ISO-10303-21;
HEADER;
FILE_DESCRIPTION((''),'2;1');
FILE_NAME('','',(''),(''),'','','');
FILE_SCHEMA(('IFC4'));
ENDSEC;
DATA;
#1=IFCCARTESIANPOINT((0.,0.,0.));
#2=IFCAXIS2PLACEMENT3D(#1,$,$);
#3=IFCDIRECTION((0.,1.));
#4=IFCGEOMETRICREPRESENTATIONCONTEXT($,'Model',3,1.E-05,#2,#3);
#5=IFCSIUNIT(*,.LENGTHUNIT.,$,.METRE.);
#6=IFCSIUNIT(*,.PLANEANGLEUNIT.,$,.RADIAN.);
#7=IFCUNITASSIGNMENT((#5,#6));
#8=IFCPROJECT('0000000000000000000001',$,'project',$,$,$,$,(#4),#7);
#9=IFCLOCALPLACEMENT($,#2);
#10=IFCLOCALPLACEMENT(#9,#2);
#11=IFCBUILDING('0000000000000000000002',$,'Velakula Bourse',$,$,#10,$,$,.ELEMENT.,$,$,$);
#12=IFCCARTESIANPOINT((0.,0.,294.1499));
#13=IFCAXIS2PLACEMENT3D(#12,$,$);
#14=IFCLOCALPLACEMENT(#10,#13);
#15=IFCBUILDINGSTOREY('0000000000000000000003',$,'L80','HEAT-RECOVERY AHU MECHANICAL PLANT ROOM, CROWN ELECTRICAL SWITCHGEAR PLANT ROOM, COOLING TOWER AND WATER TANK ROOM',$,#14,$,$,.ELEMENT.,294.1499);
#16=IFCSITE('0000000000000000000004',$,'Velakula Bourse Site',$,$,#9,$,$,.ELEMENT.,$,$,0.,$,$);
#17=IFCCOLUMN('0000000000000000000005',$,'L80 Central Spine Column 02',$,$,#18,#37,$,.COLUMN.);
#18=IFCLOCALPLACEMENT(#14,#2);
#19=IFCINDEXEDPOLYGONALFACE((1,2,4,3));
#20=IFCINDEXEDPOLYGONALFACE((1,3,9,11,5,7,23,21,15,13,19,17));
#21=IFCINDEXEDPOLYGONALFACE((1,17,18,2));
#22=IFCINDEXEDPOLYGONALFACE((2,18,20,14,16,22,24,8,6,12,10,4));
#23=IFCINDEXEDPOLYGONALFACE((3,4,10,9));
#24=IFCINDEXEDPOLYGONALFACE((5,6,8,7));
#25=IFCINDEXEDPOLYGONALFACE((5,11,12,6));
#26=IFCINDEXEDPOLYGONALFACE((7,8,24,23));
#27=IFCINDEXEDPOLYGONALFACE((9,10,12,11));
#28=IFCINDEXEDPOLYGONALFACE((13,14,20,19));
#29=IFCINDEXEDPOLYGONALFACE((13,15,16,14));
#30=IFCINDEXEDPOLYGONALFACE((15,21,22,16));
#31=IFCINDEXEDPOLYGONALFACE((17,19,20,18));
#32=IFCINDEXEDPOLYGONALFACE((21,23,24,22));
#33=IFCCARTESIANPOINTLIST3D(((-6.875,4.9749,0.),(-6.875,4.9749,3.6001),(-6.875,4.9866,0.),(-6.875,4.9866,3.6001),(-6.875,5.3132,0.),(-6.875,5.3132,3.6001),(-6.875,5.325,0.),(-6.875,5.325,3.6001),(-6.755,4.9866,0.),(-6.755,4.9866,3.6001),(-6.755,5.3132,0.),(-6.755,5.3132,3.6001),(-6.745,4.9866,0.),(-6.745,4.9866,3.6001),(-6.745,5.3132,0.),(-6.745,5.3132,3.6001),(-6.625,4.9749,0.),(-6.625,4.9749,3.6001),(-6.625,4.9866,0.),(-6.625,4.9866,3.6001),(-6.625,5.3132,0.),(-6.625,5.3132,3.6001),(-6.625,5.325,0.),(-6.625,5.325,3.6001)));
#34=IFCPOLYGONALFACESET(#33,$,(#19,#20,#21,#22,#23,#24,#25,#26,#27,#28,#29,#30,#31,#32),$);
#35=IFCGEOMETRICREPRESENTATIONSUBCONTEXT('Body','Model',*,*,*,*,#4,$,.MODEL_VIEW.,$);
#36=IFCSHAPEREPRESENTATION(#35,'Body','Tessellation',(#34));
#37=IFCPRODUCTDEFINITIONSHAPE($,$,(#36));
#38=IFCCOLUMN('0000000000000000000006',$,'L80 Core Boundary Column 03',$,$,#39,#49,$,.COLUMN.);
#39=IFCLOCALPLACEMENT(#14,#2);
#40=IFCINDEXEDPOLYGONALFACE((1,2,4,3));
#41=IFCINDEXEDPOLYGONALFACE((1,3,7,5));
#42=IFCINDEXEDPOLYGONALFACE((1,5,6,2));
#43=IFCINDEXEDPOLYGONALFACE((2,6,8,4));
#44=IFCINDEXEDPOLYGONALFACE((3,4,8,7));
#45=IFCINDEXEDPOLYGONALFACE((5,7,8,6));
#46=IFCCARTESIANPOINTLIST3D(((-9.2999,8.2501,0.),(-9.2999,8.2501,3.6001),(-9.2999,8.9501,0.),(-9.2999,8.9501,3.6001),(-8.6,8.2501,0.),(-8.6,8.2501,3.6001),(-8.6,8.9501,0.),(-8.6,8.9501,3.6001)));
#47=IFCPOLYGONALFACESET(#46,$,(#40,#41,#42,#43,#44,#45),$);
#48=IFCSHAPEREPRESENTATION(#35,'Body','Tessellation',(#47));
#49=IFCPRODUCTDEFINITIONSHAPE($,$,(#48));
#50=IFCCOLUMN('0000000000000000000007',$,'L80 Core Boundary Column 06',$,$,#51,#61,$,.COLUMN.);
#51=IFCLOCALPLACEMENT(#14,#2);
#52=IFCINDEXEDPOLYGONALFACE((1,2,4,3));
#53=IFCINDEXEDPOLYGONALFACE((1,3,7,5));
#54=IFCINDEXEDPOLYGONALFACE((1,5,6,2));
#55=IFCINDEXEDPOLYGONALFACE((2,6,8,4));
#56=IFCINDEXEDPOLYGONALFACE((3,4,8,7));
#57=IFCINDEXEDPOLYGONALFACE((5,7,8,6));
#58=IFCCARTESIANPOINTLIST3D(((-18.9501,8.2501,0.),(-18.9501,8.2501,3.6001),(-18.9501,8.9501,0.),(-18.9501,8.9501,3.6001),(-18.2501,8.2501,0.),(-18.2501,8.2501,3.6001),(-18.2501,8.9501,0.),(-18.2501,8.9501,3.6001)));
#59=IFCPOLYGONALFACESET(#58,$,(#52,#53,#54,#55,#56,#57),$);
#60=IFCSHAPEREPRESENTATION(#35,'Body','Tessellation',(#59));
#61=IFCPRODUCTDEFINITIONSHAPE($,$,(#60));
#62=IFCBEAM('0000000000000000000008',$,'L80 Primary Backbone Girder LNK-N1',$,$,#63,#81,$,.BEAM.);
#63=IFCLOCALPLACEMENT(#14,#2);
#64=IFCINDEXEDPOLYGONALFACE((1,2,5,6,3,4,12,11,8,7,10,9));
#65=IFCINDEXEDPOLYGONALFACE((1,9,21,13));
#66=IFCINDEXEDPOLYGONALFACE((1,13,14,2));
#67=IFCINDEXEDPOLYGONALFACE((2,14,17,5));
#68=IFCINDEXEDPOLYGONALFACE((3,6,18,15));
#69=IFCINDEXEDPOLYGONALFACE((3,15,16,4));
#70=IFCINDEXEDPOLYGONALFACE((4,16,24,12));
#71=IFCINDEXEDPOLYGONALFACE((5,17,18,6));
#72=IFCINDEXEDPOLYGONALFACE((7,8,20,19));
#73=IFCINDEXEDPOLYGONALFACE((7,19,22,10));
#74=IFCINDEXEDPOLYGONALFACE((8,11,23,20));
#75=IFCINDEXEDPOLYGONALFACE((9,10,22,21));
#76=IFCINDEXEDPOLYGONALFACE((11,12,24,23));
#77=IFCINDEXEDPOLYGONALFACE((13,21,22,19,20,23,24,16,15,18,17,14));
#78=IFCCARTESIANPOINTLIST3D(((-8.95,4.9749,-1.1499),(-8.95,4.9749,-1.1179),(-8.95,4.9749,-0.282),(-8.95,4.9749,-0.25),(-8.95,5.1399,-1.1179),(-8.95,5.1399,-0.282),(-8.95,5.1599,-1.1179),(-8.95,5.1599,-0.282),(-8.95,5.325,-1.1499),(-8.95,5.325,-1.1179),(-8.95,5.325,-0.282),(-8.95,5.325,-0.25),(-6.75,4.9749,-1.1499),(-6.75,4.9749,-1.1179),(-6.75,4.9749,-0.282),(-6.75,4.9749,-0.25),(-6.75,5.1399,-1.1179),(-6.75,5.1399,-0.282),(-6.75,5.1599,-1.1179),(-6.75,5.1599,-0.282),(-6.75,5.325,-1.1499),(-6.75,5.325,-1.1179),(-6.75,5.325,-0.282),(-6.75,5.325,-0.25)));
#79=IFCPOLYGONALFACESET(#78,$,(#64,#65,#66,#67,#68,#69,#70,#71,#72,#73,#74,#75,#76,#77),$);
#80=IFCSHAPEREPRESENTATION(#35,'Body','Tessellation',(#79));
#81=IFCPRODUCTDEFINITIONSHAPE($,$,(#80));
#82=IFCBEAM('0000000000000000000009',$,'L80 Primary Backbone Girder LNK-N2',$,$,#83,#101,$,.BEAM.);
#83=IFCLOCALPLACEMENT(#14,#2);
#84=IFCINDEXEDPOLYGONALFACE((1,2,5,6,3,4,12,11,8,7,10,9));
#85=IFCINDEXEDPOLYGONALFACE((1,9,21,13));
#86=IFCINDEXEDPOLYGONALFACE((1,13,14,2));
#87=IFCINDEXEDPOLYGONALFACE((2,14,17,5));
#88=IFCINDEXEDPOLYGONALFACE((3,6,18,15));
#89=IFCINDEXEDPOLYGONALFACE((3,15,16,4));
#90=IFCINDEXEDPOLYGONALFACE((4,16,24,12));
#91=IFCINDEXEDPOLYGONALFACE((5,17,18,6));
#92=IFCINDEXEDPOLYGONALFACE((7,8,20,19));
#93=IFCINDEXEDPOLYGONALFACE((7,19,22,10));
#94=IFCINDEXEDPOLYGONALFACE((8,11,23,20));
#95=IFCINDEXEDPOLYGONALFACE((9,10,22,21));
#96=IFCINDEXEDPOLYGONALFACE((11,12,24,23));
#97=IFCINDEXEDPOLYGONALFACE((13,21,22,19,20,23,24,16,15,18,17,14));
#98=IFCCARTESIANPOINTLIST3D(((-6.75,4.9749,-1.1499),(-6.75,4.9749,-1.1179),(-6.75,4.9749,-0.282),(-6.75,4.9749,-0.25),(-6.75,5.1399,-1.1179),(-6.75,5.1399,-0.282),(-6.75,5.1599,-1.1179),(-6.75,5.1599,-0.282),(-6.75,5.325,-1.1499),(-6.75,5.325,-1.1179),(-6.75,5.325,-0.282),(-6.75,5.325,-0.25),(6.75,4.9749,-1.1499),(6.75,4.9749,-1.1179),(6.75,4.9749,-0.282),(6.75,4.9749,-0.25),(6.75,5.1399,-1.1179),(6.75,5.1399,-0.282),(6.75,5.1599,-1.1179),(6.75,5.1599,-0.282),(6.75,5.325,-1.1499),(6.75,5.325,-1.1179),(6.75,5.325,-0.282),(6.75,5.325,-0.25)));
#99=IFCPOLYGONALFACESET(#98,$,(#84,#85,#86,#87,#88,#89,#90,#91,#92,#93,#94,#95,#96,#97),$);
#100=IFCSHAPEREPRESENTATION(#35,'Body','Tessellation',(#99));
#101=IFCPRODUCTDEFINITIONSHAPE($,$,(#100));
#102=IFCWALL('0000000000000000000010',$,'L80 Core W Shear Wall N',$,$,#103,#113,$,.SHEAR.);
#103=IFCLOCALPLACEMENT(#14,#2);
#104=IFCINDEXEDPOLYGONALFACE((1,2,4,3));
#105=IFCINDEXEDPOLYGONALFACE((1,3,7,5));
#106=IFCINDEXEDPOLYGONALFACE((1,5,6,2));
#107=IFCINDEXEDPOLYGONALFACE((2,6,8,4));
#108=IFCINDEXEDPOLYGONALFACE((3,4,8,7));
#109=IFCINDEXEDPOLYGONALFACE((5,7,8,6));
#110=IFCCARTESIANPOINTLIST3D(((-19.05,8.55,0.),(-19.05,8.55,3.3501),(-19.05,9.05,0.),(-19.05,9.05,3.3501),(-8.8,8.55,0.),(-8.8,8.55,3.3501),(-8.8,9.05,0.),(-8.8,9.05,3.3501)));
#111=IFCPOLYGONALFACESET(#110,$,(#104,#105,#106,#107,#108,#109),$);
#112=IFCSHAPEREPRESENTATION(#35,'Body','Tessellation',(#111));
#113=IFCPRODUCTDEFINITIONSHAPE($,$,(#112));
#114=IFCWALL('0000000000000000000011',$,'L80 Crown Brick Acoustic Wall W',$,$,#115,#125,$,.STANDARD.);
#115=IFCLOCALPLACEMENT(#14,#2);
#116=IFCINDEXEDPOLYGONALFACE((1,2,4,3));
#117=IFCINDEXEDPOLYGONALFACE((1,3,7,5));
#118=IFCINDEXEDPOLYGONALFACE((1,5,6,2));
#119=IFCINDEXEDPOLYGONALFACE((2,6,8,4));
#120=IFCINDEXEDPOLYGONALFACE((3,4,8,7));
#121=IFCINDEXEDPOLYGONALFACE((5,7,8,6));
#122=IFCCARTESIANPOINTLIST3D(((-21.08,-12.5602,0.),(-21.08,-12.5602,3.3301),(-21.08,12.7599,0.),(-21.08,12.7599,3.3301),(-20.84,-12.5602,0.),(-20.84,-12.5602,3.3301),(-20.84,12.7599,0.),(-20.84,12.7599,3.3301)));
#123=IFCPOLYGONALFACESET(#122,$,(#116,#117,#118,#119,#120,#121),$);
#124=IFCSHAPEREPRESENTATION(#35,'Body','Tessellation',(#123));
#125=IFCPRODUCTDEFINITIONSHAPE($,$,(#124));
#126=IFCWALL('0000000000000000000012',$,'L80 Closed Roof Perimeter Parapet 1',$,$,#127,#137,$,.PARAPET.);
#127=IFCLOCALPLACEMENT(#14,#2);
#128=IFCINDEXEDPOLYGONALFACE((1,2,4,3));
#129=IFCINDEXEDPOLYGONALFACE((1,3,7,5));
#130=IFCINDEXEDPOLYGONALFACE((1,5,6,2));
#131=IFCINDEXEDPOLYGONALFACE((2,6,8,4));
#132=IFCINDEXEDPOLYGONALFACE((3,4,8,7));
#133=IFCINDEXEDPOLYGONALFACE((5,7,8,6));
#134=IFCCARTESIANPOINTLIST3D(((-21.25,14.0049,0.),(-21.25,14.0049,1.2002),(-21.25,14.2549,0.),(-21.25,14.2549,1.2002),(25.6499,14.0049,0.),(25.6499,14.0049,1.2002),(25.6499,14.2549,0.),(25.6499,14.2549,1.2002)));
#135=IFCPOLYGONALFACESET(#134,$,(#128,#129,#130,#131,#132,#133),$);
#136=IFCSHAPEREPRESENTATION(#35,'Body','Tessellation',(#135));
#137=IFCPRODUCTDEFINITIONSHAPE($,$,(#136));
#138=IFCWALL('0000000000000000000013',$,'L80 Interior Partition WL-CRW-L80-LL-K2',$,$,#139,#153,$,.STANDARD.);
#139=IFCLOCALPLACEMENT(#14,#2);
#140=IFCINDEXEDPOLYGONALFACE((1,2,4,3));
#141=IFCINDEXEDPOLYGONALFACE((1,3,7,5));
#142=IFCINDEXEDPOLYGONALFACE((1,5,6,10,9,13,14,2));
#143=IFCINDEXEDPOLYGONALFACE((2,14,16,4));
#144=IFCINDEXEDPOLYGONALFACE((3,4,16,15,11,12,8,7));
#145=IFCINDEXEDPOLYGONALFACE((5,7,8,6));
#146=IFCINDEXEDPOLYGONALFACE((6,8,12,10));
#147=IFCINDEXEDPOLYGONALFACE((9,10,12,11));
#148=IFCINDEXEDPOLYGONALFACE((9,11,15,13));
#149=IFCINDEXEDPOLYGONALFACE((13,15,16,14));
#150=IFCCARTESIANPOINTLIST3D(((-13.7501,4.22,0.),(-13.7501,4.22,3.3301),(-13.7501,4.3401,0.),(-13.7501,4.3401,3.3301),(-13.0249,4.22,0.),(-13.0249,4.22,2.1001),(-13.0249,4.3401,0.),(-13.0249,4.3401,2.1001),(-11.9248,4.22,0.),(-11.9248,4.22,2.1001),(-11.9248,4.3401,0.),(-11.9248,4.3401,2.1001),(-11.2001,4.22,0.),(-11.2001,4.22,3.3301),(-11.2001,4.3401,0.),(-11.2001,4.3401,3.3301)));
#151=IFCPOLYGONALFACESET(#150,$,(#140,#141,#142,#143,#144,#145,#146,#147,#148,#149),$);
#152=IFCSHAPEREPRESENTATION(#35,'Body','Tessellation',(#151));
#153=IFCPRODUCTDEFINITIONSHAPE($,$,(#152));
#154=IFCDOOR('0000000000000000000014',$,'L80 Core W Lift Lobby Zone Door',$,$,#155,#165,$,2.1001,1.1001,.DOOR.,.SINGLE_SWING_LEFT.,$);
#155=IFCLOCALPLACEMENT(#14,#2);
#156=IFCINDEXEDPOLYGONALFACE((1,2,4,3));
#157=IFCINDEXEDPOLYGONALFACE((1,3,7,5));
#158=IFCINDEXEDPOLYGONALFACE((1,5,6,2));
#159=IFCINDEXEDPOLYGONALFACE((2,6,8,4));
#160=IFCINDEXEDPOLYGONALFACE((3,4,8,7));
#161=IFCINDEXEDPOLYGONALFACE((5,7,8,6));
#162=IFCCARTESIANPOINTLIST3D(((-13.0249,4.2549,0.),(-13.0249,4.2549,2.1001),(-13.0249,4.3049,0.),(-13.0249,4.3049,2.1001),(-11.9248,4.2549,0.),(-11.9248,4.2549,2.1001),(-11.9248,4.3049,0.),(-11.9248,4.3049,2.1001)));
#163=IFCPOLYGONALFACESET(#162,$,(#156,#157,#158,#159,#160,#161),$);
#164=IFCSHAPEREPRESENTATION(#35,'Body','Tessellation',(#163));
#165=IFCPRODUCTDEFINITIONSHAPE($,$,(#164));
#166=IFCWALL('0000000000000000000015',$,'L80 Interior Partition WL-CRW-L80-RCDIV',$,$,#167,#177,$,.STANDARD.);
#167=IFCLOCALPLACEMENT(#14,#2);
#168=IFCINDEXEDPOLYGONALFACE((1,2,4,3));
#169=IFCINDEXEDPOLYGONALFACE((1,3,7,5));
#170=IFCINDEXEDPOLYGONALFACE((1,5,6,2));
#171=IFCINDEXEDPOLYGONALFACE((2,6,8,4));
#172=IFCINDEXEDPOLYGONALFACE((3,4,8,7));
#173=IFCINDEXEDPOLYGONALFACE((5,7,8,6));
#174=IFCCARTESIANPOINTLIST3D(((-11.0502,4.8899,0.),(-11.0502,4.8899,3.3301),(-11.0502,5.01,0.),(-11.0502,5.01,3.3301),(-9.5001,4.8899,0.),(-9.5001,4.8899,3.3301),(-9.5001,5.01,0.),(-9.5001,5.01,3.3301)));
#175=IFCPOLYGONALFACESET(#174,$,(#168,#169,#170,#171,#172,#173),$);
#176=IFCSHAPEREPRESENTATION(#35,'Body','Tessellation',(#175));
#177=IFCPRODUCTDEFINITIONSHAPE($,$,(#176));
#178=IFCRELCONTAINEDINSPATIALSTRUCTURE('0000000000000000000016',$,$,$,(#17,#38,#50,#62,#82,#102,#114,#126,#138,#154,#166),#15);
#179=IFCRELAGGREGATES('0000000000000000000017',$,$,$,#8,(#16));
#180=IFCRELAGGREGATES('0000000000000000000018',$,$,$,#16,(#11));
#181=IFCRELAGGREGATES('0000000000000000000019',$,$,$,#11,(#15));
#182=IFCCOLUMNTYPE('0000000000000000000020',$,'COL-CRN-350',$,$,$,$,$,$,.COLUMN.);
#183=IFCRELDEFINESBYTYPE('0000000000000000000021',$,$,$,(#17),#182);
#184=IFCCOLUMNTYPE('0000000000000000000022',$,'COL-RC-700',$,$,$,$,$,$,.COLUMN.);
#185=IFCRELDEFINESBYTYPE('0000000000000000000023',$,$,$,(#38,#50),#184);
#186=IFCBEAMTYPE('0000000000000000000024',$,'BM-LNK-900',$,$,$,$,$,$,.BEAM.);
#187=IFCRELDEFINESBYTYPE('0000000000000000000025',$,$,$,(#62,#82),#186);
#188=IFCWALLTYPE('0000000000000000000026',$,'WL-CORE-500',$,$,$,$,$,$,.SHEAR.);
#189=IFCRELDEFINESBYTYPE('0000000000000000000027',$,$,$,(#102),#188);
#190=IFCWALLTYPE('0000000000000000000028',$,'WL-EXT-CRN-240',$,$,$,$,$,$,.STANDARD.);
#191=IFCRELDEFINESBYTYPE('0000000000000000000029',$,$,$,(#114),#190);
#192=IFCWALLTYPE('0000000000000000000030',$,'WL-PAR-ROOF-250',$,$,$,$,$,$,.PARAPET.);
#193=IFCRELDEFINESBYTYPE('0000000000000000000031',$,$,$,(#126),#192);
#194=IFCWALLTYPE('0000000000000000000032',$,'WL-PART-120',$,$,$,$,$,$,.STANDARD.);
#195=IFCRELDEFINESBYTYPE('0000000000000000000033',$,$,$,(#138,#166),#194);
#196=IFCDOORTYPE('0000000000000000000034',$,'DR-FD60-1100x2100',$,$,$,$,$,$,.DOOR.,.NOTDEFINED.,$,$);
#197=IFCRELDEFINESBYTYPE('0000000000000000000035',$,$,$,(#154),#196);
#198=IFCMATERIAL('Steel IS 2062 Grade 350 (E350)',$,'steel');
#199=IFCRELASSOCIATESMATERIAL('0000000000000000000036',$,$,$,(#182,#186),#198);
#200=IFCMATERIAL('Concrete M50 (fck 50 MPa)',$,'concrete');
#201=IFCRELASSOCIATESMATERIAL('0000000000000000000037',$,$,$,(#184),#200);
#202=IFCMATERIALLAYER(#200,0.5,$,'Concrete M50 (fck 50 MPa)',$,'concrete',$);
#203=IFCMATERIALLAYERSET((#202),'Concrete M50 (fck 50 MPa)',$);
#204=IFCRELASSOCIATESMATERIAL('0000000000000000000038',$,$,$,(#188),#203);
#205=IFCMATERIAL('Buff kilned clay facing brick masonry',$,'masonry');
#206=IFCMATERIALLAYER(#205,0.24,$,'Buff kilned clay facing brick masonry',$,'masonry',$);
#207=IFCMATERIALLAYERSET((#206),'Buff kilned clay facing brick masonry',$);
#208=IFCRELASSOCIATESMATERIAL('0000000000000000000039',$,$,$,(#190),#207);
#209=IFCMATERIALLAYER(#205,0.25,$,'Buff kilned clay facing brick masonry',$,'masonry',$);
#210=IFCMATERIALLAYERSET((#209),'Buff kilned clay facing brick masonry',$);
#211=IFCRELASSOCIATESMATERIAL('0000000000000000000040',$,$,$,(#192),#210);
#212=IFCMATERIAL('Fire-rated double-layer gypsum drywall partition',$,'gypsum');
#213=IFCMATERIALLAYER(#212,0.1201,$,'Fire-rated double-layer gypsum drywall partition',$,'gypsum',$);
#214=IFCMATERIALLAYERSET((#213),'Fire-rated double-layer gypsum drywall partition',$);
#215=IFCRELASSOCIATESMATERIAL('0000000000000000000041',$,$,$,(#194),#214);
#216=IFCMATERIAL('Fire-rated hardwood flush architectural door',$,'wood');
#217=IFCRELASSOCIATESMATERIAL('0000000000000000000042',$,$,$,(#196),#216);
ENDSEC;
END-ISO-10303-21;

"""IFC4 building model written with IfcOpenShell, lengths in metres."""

from ifc_helpers import new_model, si_unit, direction, frame, frame_2d, origin, origin_2d, place, context, subcontext, project, spatial, rectangle, i_section, extrude, material, layer, layer_set, material_profile, profile_set, type_object, element, fill, save


model = new_model("IFC4")

# Units and contexts
model_context = context("Model", 3, precision=1e-05, world=origin(), true_north=direction((0.0, 1.0)))
body_context = subcontext(model_context, "Body", "Model", "MODEL_VIEW")
ifc_project = project(units=[si_unit("LENGTHUNIT", "METRE"), si_unit("PLANEANGLEUNIT", "RADIAN")], contexts=[model_context])

# Site, building, storey
site_placement = place(None, origin())
site = spatial("IfcSite", under=ifc_project, at=site_placement, Name="Velakula Bourse Site", CompositionType="ELEMENT", RefElevation=0.0)
building_placement = place(site_placement, origin())
building = spatial("IfcBuilding", under=site, at=building_placement, Name="Velakula Bourse", CompositionType="ELEMENT")
storey_placement = place(building_placement, frame((0.0, 0.0, 294.1499)))
storey = spatial("IfcBuildingStorey", under=building, at=storey_placement, Name="L80", Description="HEAT-RECOVERY AHU MECHANICAL PLANT ROOM, CROWN ELECTRICAL SWITCHGEAR PLANT ROOM, COOLING TOWER AND WATER TANK ROOM", CompositionType="ELEMENT", Elevation=294.1499)

# Columns
ifc_material_1 = material(Name="Steel IS 2062 Grade 350 (E350)", Category="steel")
ifc_material_profile_1 = material_profile(ifc_material_1, i_section(OverallWidth=0.25, OverallDepth=0.3501, WebThickness=0.01, FlangeThickness=0.0117, at=origin_2d()), Name="Steel IS 2062 Grade 350 (E350)")
ifc_profile_set_1 = profile_set([ifc_material_profile_1], Name="Steel IS 2062 Grade 350 (E350)")
column_type_1 = type_object("IfcColumnType", Name="COL-CRN-350", PredefinedType="COLUMN", material=ifc_profile_set_1)
column_placement = place(storey_placement, frame((-6.75, 5.1499, 0.0), z_axis=(0.0, 0.0, 1.0), x_axis=(1.0, 0.0, 0.0)))
element("IfcColumn", 1, at=column_placement, inside=storey, type_object=column_type_1, Name="L80 Central Spine Column 02", PredefinedType="COLUMN", context=body_context, shape_type="SweptSolid", body=[
    extrude(i_section(OverallWidth=0.25, OverallDepth=0.3501, WebThickness=0.01, FlangeThickness=0.0117, at=origin_2d()), origin(), (0.0, 0.0, 1.0), 3.6001),
])
ifc_material_2 = material(Name="Concrete M50 (fck 50 MPa)", Category="concrete")
ifc_material_profile_2 = material_profile(ifc_material_2, rectangle(XDim=0.7, YDim=0.7, at=origin_2d()), Name="Concrete M50 (fck 50 MPa)")
ifc_profile_set_2 = profile_set([ifc_material_profile_2], Name="Concrete M50 (fck 50 MPa)")
column_type_2 = type_object("IfcColumnType", Name="COL-RC-700", PredefinedType="COLUMN", material=ifc_profile_set_2)
for number, where, z_axis, x_axis, name in (
    (2, (-8.95, 8.6001, 0.0), (0.0, 0.0, 1.0), (1.0, 0.0, 0.0), "L80 Core Boundary Column 03"),
    (3, (-18.6001, 8.6001, 0.0), (0.0, 0.0, 1.0), (1.0, 0.0, 0.0), "L80 Core Boundary Column 06"),
):
    element("IfcColumn", number, at=place(storey_placement, frame(where, z_axis=z_axis, x_axis=x_axis)), inside=storey, type_object=column_type_2, Name=name, PredefinedType="COLUMN", context=body_context, shape_type="SweptSolid", body=[
        extrude(rectangle(XDim=0.7, YDim=0.7, at=origin_2d()), origin(), (0.0, 0.0, 1.0), 3.6001),
    ])

# Beams
ifc_material_profile_3 = material_profile(ifc_material_1, i_section(OverallWidth=0.3501, OverallDepth=0.8999, WebThickness=0.02, FlangeThickness=0.032, at=origin_2d()), Name="Steel IS 2062 Grade 350 (E350)")
ifc_profile_set_3 = profile_set([ifc_material_profile_3], Name="Steel IS 2062 Grade 350 (E350)")
beam_type = type_object("IfcBeamType", Name="BM-LNK-900", PredefinedType="BEAM", material=ifc_profile_set_3)
beam_1_placement = place(storey_placement, frame((-8.95, 5.1499, -0.7), z_axis=(1.0, 0.0, 0.0), x_axis=(0.0, 1.0, 0.0)))
element("IfcBeam", 4, at=beam_1_placement, inside=storey, type_object=beam_type, Name="L80 Primary Backbone Girder LNK-N1", PredefinedType="BEAM", context=body_context, shape_type="SweptSolid", body=[
    extrude(i_section(OverallWidth=0.3501, OverallDepth=0.8999, WebThickness=0.02, FlangeThickness=0.032, at=origin_2d()), origin(), (0.0, 0.0, 1.0), 2.2),
])
beam_2_placement = place(storey_placement, frame((-6.75, 5.1499, -0.7), z_axis=(1.0, 0.0, 0.0), x_axis=(0.0, 1.0, 0.0)))
element("IfcBeam", 5, at=beam_2_placement, inside=storey, type_object=beam_type, Name="L80 Primary Backbone Girder LNK-N2", PredefinedType="BEAM", context=body_context, shape_type="SweptSolid", body=[
    extrude(i_section(OverallWidth=0.3501, OverallDepth=0.8999, WebThickness=0.02, FlangeThickness=0.032, at=origin_2d()), origin(), (0.0, 0.0, 1.0), 13.5),
])

# Walls
ifc_layer_1 = layer(ifc_material_2, 0.5, Name="Concrete M50 (fck 50 MPa)", Category="concrete")
ifc_layer_set_1 = layer_set([ifc_layer_1], Name="Concrete M50 (fck 50 MPa)")
wall_type_1 = type_object("IfcWallType", Name="WL-CORE-500", PredefinedType="SHEAR", material=ifc_layer_set_1)
wall_1_placement = place(storey_placement, frame((-19.05, 8.8, 0.0), z_axis=(0.0, 0.0, 1.0), x_axis=(1.0, 0.0, 0.0)))
element("IfcWall", 6, at=wall_1_placement, inside=storey, type_object=wall_type_1, Name="L80 Core W Shear Wall N", PredefinedType="SHEAR", context=body_context, shape_type="SweptSolid", body=[
    extrude(rectangle(XDim=10.25, YDim=0.5, at=frame_2d((5.125, 0.0))), origin(), (0.0, 0.0, 1.0), 3.3501),
])
ifc_material_3 = material(Name="Buff kilned clay facing brick masonry", Category="masonry")
ifc_layer_2 = layer(ifc_material_3, 0.24, Name="Buff kilned clay facing brick masonry", Category="masonry")
ifc_layer_set_2 = layer_set([ifc_layer_2], Name="Buff kilned clay facing brick masonry")
wall_type_2 = type_object("IfcWallType", Name="WL-EXT-CRN-240", PredefinedType="STANDARD", material=ifc_layer_set_2)
wall_2_placement = place(storey_placement, frame((-20.96, 12.76, 0.0), z_axis=(0.0, 0.0, 1.0), x_axis=(0.0, -1.0, 0.0)))
element("IfcWall", 7, at=wall_2_placement, inside=storey, type_object=wall_type_2, Name="L80 Crown Brick Acoustic Wall W", PredefinedType="STANDARD", context=body_context, shape_type="SweptSolid", body=[
    extrude(rectangle(XDim=25.3201, YDim=0.24, at=frame_2d((12.6602, 0.0))), origin(), (0.0, 0.0, 1.0), 3.3301),
])
ifc_layer_3 = layer(ifc_material_3, 0.25, Name="Buff kilned clay facing brick masonry", Category="masonry")
ifc_layer_set_3 = layer_set([ifc_layer_3], Name="Buff kilned clay facing brick masonry")
wall_type_3 = type_object("IfcWallType", Name="WL-PAR-ROOF-250", PredefinedType="PARAPET", material=ifc_layer_set_3)
wall_3_placement = place(storey_placement, frame((-21.25, 14.1299, 0.0), z_axis=(0.0, 0.0, 1.0), x_axis=(1.0, 0.0, 0.0)))
element("IfcWall", 8, at=wall_3_placement, inside=storey, type_object=wall_type_3, Name="L80 Closed Roof Perimeter Parapet 1", PredefinedType="PARAPET", context=body_context, shape_type="SweptSolid", body=[
    extrude(rectangle(XDim=46.8999, YDim=0.25, at=frame_2d((23.45, 0.0))), origin(), (0.0, 0.0, 1.0), 1.2002),
])

# Wall, opening, door
ifc_material_4 = material(Name="Fire-rated double-layer gypsum drywall partition", Category="gypsum")
ifc_layer_4 = layer(ifc_material_4, 0.1201, Name="Fire-rated double-layer gypsum drywall partition", Category="gypsum")
ifc_layer_set_4 = layer_set([ifc_layer_4], Name="Fire-rated double-layer gypsum drywall partition")
wall_type_4 = type_object("IfcWallType", Name="WL-PART-120", PredefinedType="STANDARD", material=ifc_layer_set_4)
wall_4_placement = place(storey_placement, frame((-13.75, 4.28, 0.0), z_axis=(0.0, 0.0, 1.0), x_axis=(1.0, 0.0, 0.0)))
wall_4 = element("IfcWall", 9, at=wall_4_placement, inside=storey, type_object=wall_type_4, Name="L80 Interior Partition WL-CRW-L80-LL-K2", PredefinedType="STANDARD", context=body_context, shape_type="SweptSolid", body=[
    extrude(rectangle(XDim=2.55, YDim=0.1201, at=frame_2d((1.2749, 0.0))), origin(), (0.0, 0.0, 1.0), 3.3301),
])
opening_placement = place(wall_4_placement, frame((0.7251, 0.0, 0.0)))
opening = element("IfcOpeningElement", 10, at=opening_placement, cuts=wall_4, PredefinedType="OPENING", context=body_context, shape_type="SweptSolid", body=[
    extrude(rectangle(XDim=1.1001, YDim=2.1001, at=frame_2d((0.55, 1.05))), frame((0.0, 0.0701, 0.0), z_axis=(0.0, -1.0, 0.0), x_axis=(1.0, 0.0, 0.0)), (0.0, 0.0, 1.0), 0.1401),
])
ifc_material_5 = material(Name="Fire-rated hardwood flush architectural door", Category="wood")
door_type = type_object("IfcDoorType", Name="DR-FD60-1100x2100", OperationType="NOTDEFINED", PredefinedType="DOOR", material=ifc_material_5)
door_placement = place(opening_placement, origin())
door = element("IfcDoor", 11, at=door_placement, inside=storey, type_object=door_type, Name="L80 Core W Lift Lobby Zone Door", OperationType="SINGLE_SWING_LEFT", OverallHeight=2.1001, OverallWidth=1.1001, PredefinedType="DOOR", context=body_context, shape_type="SweptSolid", body=[
    extrude(rectangle(XDim=1.1001, YDim=2.1001, at=frame_2d((0.55, 1.05))), frame((0.0, 0.0249, 0.0), z_axis=(0.0, -1.0, 0.0), x_axis=(1.0, 0.0, 0.0)), (0.0, 0.0, 1.0), 0.05),
])
fill(opening, door)

# Wall
wall_5_placement = place(storey_placement, frame((-11.05, 4.95, 0.0), z_axis=(0.0, 0.0, 1.0), x_axis=(1.0, 0.0, 0.0)))
element("IfcWall", 12, at=wall_5_placement, inside=storey, type_object=wall_type_4, Name="L80 Interior Partition WL-CRW-L80-RCDIV", PredefinedType="STANDARD", context=body_context, shape_type="SweptSolid", body=[
    extrude(rectangle(XDim=1.55, YDim=0.1201, at=frame_2d((0.7749, 0.0))), origin(), (0.0, 0.0, 1.0), 3.3301),
])

save(model, "model.ifc")
